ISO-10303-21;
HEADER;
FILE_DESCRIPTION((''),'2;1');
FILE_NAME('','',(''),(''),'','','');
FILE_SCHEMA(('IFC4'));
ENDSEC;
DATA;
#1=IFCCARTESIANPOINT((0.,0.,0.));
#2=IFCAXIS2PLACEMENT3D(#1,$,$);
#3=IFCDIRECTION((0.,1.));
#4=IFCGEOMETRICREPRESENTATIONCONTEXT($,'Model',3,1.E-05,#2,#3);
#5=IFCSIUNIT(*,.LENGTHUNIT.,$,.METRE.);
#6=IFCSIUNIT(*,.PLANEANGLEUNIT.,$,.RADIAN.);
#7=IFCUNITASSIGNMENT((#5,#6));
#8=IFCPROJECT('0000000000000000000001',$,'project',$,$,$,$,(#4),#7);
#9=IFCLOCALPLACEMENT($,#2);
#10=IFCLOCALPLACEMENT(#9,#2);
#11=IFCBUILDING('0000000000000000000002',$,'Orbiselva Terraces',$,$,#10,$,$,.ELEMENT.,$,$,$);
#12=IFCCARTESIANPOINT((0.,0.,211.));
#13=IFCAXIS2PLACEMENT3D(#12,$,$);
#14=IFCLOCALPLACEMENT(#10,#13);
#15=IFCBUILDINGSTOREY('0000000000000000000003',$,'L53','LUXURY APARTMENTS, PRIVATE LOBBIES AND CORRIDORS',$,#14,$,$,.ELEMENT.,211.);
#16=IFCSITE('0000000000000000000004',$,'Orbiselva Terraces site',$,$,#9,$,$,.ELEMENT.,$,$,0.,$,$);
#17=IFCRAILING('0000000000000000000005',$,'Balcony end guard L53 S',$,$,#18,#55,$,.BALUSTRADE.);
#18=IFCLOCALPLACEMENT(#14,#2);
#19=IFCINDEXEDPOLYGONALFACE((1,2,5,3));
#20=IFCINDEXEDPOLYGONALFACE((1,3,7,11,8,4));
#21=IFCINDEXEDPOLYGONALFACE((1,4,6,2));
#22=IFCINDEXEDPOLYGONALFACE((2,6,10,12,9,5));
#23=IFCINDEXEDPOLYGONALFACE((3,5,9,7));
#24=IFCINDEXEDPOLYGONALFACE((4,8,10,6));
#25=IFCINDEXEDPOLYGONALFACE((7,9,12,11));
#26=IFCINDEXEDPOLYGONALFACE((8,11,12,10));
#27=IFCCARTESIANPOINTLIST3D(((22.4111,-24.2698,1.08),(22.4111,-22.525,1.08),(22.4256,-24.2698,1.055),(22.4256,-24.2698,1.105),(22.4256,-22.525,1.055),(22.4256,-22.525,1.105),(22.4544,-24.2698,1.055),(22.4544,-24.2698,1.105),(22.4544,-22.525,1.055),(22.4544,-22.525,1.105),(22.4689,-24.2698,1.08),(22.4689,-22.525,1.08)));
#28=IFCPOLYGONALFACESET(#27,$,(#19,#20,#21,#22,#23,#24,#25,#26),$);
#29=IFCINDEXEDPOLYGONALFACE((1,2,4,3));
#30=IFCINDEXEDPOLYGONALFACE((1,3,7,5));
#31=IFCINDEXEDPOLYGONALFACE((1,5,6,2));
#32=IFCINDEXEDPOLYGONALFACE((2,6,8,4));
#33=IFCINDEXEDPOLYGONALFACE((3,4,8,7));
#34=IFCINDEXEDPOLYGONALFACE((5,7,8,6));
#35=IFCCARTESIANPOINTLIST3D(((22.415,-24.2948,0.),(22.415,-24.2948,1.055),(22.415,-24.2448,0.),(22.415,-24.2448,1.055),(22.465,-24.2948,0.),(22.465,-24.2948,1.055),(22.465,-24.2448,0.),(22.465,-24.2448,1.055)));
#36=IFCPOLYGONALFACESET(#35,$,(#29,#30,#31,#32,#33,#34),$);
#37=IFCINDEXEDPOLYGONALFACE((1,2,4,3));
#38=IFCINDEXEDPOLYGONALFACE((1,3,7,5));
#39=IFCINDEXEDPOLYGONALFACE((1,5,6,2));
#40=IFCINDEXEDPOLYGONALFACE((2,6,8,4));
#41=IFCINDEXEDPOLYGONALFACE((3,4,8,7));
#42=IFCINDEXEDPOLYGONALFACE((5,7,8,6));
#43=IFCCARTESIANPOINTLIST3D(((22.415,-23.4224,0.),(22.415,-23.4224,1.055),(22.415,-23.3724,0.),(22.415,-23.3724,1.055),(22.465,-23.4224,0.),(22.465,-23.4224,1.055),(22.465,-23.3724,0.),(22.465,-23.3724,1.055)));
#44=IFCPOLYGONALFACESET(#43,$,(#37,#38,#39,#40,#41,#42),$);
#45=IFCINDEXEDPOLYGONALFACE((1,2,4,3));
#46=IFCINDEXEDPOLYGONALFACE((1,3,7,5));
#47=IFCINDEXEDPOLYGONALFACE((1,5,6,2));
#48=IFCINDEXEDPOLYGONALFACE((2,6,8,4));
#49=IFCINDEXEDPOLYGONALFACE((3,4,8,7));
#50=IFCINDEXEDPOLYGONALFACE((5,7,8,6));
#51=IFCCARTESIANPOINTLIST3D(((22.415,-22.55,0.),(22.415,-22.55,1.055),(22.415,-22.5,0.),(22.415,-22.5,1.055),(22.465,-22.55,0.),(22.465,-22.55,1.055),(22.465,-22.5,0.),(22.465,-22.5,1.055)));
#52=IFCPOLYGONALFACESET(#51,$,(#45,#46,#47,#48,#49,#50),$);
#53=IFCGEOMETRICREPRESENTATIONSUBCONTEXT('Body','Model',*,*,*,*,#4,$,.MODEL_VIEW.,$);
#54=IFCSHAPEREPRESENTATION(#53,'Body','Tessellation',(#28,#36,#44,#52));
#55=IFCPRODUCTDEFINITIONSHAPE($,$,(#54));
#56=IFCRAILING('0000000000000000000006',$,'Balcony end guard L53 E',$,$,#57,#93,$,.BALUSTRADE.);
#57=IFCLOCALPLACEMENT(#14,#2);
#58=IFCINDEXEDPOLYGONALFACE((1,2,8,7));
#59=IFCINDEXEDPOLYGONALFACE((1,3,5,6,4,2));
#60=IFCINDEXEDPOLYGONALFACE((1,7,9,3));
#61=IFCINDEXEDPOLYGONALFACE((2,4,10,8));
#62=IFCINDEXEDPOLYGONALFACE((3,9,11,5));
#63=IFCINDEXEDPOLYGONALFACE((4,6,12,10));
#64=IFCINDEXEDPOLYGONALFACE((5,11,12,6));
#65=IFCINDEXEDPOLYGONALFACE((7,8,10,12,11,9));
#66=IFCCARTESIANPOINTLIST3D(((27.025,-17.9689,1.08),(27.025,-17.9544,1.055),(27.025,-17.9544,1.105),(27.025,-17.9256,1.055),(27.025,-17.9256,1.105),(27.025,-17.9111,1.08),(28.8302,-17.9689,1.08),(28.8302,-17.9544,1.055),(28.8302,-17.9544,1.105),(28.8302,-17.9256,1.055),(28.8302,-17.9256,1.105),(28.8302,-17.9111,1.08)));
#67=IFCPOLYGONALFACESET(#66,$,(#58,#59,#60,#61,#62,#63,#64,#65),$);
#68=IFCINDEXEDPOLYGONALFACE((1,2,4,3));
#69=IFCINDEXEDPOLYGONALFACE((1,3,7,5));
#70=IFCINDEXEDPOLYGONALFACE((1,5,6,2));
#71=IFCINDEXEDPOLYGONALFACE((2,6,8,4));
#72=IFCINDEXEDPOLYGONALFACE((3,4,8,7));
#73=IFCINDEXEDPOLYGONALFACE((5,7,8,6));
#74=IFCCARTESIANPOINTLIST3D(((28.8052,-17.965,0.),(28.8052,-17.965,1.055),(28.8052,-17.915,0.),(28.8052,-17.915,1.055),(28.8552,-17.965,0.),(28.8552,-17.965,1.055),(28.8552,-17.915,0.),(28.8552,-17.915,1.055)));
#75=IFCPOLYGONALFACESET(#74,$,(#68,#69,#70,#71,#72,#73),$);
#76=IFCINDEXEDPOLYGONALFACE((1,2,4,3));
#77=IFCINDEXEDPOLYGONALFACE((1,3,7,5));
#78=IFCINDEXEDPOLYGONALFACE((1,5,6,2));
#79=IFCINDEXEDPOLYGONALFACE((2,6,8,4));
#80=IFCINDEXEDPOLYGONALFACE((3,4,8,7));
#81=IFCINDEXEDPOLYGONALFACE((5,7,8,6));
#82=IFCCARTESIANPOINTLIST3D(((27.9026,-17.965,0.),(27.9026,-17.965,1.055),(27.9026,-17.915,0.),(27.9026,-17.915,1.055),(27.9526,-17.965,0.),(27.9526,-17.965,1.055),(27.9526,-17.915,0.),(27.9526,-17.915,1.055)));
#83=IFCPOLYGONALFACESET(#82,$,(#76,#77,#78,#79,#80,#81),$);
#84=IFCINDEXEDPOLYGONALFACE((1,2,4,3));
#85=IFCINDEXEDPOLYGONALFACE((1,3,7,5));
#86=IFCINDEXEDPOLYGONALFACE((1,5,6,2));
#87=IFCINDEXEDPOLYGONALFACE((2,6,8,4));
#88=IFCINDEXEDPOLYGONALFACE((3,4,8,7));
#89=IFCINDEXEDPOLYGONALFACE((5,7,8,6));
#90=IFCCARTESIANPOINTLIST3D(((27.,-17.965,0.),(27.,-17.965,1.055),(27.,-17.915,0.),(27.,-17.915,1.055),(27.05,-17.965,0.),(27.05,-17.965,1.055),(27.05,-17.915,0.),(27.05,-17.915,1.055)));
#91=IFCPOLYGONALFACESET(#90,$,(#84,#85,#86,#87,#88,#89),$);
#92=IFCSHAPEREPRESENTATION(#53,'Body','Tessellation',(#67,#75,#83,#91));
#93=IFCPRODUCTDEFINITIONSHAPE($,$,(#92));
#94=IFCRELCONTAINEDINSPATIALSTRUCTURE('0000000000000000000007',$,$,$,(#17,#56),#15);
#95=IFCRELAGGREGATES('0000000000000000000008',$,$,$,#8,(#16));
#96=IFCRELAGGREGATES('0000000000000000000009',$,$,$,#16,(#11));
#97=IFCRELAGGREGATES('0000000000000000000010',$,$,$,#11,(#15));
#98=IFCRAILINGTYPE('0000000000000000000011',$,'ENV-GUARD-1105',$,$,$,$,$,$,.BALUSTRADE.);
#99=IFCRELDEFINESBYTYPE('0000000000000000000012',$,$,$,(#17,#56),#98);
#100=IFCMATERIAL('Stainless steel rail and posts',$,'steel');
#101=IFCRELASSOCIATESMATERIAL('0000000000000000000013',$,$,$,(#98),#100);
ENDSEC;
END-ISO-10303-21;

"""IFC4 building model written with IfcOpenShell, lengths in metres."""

from ifc_helpers import new_model, si_unit, direction, frame, origin, origin_2d, place, context, subcontext, project, spatial, polyline, rectangle, outline, extrude, material, type_object, element, save


model = new_model("IFC4")

# Units and contexts
model_context = context("Model", 3, precision=1e-05, world=origin(), true_north=direction((0.0, 1.0)))
body_context = subcontext(model_context, "Body", "Model", "MODEL_VIEW")
ifc_project = project(units=[si_unit("LENGTHUNIT", "METRE"), si_unit("PLANEANGLEUNIT", "RADIAN")], contexts=[model_context])

# Site, building, storey
site_placement = place(None, origin())
site = spatial("IfcSite", under=ifc_project, at=site_placement, Name="Orbiselva Terraces site", CompositionType="ELEMENT", RefElevation=0.0)
building_placement = place(site_placement, origin())
building = spatial("IfcBuilding", under=site, at=building_placement, Name="Orbiselva Terraces", CompositionType="ELEMENT")
storey_placement = place(building_placement, frame((0.0, 0.0, 211.0)))
storey = spatial("IfcBuildingStorey", under=building, at=storey_placement, Name="L53", Description="LUXURY APARTMENTS, PRIVATE LOBBIES AND CORRIDORS", CompositionType="ELEMENT", Elevation=211.0)

# Railings
ifc_material_1 = material(Name="Stainless steel rail and posts", Category="steel")
railing_type_1 = type_object("IfcRailingType", Name="ENV-GUARD-1105", PredefinedType="BALUSTRADE", material=ifc_material_1)
railing_1_placement = place(storey_placement, frame((22.44, -24.2698, 0.0)))
element("IfcRailing", 1, at=railing_1_placement, inside=storey, type_object=railing_type_1, Name="Balcony end guard L53 S", PredefinedType="BALUSTRADE", context=body_context, shape_type="SweptSolid", body=[
    extrude(outline(polyline([(0.0289, 0.0), (0.0144, 0.025), (-0.0144, 0.025), (-0.0289, 0.0), (-0.0144, -0.025), (0.0144, -0.025), (0.0289, 0.0)])), frame((0.0, 0.0, 1.08), z_axis=(0.0, 1.0, 0.0), x_axis=(-1.0, 0.0, 0.0)), (0.0, 0.0, 1.0), 1.7448),
    extrude(rectangle(XDim=0.05, YDim=0.05, at=origin_2d()), origin(), (0.0, 0.0, 1.0), 1.055),
    extrude(rectangle(XDim=0.05, YDim=0.05, at=origin_2d()), frame((0.0, 0.8724, 0.0)), (0.0, 0.0, 1.0), 1.055),
    extrude(rectangle(XDim=0.05, YDim=0.05, at=origin_2d()), frame((0.0, 1.7448, 0.0)), (0.0, 0.0, 1.0), 1.055),
])
railing_2_placement = place(storey_placement, frame((28.8302, -17.94, 0.0)))
element("IfcRailing", 2, at=railing_2_placement, inside=storey, type_object=railing_type_1, Name="Balcony end guard L53 E", PredefinedType="BALUSTRADE", context=body_context, shape_type="SweptSolid", body=[
    extrude(outline(polyline([(0.0289, 0.0), (0.0144, 0.025), (-0.0144, 0.025), (-0.0289, 0.0), (-0.0144, -0.025), (0.0144, -0.025), (0.0289, 0.0)])), frame((0.0, 0.0, 1.08), z_axis=(-1.0, 0.0, 0.0), x_axis=(0.0, -1.0, 0.0)), (0.0, 0.0, 1.0), 1.8052),
    extrude(rectangle(XDim=0.05, YDim=0.05, at=origin_2d()), origin(), (0.0, 0.0, 1.0), 1.055),
    extrude(rectangle(XDim=0.05, YDim=0.05, at=origin_2d()), frame((-0.9026, 0.0, 0.0)), (0.0, 0.0, 1.0), 1.055),
    extrude(rectangle(XDim=0.05, YDim=0.05, at=origin_2d()), frame((-1.8052, 0.0, 0.0)), (0.0, 0.0, 1.0), 1.055),
])

save(model, "model.ifc")
